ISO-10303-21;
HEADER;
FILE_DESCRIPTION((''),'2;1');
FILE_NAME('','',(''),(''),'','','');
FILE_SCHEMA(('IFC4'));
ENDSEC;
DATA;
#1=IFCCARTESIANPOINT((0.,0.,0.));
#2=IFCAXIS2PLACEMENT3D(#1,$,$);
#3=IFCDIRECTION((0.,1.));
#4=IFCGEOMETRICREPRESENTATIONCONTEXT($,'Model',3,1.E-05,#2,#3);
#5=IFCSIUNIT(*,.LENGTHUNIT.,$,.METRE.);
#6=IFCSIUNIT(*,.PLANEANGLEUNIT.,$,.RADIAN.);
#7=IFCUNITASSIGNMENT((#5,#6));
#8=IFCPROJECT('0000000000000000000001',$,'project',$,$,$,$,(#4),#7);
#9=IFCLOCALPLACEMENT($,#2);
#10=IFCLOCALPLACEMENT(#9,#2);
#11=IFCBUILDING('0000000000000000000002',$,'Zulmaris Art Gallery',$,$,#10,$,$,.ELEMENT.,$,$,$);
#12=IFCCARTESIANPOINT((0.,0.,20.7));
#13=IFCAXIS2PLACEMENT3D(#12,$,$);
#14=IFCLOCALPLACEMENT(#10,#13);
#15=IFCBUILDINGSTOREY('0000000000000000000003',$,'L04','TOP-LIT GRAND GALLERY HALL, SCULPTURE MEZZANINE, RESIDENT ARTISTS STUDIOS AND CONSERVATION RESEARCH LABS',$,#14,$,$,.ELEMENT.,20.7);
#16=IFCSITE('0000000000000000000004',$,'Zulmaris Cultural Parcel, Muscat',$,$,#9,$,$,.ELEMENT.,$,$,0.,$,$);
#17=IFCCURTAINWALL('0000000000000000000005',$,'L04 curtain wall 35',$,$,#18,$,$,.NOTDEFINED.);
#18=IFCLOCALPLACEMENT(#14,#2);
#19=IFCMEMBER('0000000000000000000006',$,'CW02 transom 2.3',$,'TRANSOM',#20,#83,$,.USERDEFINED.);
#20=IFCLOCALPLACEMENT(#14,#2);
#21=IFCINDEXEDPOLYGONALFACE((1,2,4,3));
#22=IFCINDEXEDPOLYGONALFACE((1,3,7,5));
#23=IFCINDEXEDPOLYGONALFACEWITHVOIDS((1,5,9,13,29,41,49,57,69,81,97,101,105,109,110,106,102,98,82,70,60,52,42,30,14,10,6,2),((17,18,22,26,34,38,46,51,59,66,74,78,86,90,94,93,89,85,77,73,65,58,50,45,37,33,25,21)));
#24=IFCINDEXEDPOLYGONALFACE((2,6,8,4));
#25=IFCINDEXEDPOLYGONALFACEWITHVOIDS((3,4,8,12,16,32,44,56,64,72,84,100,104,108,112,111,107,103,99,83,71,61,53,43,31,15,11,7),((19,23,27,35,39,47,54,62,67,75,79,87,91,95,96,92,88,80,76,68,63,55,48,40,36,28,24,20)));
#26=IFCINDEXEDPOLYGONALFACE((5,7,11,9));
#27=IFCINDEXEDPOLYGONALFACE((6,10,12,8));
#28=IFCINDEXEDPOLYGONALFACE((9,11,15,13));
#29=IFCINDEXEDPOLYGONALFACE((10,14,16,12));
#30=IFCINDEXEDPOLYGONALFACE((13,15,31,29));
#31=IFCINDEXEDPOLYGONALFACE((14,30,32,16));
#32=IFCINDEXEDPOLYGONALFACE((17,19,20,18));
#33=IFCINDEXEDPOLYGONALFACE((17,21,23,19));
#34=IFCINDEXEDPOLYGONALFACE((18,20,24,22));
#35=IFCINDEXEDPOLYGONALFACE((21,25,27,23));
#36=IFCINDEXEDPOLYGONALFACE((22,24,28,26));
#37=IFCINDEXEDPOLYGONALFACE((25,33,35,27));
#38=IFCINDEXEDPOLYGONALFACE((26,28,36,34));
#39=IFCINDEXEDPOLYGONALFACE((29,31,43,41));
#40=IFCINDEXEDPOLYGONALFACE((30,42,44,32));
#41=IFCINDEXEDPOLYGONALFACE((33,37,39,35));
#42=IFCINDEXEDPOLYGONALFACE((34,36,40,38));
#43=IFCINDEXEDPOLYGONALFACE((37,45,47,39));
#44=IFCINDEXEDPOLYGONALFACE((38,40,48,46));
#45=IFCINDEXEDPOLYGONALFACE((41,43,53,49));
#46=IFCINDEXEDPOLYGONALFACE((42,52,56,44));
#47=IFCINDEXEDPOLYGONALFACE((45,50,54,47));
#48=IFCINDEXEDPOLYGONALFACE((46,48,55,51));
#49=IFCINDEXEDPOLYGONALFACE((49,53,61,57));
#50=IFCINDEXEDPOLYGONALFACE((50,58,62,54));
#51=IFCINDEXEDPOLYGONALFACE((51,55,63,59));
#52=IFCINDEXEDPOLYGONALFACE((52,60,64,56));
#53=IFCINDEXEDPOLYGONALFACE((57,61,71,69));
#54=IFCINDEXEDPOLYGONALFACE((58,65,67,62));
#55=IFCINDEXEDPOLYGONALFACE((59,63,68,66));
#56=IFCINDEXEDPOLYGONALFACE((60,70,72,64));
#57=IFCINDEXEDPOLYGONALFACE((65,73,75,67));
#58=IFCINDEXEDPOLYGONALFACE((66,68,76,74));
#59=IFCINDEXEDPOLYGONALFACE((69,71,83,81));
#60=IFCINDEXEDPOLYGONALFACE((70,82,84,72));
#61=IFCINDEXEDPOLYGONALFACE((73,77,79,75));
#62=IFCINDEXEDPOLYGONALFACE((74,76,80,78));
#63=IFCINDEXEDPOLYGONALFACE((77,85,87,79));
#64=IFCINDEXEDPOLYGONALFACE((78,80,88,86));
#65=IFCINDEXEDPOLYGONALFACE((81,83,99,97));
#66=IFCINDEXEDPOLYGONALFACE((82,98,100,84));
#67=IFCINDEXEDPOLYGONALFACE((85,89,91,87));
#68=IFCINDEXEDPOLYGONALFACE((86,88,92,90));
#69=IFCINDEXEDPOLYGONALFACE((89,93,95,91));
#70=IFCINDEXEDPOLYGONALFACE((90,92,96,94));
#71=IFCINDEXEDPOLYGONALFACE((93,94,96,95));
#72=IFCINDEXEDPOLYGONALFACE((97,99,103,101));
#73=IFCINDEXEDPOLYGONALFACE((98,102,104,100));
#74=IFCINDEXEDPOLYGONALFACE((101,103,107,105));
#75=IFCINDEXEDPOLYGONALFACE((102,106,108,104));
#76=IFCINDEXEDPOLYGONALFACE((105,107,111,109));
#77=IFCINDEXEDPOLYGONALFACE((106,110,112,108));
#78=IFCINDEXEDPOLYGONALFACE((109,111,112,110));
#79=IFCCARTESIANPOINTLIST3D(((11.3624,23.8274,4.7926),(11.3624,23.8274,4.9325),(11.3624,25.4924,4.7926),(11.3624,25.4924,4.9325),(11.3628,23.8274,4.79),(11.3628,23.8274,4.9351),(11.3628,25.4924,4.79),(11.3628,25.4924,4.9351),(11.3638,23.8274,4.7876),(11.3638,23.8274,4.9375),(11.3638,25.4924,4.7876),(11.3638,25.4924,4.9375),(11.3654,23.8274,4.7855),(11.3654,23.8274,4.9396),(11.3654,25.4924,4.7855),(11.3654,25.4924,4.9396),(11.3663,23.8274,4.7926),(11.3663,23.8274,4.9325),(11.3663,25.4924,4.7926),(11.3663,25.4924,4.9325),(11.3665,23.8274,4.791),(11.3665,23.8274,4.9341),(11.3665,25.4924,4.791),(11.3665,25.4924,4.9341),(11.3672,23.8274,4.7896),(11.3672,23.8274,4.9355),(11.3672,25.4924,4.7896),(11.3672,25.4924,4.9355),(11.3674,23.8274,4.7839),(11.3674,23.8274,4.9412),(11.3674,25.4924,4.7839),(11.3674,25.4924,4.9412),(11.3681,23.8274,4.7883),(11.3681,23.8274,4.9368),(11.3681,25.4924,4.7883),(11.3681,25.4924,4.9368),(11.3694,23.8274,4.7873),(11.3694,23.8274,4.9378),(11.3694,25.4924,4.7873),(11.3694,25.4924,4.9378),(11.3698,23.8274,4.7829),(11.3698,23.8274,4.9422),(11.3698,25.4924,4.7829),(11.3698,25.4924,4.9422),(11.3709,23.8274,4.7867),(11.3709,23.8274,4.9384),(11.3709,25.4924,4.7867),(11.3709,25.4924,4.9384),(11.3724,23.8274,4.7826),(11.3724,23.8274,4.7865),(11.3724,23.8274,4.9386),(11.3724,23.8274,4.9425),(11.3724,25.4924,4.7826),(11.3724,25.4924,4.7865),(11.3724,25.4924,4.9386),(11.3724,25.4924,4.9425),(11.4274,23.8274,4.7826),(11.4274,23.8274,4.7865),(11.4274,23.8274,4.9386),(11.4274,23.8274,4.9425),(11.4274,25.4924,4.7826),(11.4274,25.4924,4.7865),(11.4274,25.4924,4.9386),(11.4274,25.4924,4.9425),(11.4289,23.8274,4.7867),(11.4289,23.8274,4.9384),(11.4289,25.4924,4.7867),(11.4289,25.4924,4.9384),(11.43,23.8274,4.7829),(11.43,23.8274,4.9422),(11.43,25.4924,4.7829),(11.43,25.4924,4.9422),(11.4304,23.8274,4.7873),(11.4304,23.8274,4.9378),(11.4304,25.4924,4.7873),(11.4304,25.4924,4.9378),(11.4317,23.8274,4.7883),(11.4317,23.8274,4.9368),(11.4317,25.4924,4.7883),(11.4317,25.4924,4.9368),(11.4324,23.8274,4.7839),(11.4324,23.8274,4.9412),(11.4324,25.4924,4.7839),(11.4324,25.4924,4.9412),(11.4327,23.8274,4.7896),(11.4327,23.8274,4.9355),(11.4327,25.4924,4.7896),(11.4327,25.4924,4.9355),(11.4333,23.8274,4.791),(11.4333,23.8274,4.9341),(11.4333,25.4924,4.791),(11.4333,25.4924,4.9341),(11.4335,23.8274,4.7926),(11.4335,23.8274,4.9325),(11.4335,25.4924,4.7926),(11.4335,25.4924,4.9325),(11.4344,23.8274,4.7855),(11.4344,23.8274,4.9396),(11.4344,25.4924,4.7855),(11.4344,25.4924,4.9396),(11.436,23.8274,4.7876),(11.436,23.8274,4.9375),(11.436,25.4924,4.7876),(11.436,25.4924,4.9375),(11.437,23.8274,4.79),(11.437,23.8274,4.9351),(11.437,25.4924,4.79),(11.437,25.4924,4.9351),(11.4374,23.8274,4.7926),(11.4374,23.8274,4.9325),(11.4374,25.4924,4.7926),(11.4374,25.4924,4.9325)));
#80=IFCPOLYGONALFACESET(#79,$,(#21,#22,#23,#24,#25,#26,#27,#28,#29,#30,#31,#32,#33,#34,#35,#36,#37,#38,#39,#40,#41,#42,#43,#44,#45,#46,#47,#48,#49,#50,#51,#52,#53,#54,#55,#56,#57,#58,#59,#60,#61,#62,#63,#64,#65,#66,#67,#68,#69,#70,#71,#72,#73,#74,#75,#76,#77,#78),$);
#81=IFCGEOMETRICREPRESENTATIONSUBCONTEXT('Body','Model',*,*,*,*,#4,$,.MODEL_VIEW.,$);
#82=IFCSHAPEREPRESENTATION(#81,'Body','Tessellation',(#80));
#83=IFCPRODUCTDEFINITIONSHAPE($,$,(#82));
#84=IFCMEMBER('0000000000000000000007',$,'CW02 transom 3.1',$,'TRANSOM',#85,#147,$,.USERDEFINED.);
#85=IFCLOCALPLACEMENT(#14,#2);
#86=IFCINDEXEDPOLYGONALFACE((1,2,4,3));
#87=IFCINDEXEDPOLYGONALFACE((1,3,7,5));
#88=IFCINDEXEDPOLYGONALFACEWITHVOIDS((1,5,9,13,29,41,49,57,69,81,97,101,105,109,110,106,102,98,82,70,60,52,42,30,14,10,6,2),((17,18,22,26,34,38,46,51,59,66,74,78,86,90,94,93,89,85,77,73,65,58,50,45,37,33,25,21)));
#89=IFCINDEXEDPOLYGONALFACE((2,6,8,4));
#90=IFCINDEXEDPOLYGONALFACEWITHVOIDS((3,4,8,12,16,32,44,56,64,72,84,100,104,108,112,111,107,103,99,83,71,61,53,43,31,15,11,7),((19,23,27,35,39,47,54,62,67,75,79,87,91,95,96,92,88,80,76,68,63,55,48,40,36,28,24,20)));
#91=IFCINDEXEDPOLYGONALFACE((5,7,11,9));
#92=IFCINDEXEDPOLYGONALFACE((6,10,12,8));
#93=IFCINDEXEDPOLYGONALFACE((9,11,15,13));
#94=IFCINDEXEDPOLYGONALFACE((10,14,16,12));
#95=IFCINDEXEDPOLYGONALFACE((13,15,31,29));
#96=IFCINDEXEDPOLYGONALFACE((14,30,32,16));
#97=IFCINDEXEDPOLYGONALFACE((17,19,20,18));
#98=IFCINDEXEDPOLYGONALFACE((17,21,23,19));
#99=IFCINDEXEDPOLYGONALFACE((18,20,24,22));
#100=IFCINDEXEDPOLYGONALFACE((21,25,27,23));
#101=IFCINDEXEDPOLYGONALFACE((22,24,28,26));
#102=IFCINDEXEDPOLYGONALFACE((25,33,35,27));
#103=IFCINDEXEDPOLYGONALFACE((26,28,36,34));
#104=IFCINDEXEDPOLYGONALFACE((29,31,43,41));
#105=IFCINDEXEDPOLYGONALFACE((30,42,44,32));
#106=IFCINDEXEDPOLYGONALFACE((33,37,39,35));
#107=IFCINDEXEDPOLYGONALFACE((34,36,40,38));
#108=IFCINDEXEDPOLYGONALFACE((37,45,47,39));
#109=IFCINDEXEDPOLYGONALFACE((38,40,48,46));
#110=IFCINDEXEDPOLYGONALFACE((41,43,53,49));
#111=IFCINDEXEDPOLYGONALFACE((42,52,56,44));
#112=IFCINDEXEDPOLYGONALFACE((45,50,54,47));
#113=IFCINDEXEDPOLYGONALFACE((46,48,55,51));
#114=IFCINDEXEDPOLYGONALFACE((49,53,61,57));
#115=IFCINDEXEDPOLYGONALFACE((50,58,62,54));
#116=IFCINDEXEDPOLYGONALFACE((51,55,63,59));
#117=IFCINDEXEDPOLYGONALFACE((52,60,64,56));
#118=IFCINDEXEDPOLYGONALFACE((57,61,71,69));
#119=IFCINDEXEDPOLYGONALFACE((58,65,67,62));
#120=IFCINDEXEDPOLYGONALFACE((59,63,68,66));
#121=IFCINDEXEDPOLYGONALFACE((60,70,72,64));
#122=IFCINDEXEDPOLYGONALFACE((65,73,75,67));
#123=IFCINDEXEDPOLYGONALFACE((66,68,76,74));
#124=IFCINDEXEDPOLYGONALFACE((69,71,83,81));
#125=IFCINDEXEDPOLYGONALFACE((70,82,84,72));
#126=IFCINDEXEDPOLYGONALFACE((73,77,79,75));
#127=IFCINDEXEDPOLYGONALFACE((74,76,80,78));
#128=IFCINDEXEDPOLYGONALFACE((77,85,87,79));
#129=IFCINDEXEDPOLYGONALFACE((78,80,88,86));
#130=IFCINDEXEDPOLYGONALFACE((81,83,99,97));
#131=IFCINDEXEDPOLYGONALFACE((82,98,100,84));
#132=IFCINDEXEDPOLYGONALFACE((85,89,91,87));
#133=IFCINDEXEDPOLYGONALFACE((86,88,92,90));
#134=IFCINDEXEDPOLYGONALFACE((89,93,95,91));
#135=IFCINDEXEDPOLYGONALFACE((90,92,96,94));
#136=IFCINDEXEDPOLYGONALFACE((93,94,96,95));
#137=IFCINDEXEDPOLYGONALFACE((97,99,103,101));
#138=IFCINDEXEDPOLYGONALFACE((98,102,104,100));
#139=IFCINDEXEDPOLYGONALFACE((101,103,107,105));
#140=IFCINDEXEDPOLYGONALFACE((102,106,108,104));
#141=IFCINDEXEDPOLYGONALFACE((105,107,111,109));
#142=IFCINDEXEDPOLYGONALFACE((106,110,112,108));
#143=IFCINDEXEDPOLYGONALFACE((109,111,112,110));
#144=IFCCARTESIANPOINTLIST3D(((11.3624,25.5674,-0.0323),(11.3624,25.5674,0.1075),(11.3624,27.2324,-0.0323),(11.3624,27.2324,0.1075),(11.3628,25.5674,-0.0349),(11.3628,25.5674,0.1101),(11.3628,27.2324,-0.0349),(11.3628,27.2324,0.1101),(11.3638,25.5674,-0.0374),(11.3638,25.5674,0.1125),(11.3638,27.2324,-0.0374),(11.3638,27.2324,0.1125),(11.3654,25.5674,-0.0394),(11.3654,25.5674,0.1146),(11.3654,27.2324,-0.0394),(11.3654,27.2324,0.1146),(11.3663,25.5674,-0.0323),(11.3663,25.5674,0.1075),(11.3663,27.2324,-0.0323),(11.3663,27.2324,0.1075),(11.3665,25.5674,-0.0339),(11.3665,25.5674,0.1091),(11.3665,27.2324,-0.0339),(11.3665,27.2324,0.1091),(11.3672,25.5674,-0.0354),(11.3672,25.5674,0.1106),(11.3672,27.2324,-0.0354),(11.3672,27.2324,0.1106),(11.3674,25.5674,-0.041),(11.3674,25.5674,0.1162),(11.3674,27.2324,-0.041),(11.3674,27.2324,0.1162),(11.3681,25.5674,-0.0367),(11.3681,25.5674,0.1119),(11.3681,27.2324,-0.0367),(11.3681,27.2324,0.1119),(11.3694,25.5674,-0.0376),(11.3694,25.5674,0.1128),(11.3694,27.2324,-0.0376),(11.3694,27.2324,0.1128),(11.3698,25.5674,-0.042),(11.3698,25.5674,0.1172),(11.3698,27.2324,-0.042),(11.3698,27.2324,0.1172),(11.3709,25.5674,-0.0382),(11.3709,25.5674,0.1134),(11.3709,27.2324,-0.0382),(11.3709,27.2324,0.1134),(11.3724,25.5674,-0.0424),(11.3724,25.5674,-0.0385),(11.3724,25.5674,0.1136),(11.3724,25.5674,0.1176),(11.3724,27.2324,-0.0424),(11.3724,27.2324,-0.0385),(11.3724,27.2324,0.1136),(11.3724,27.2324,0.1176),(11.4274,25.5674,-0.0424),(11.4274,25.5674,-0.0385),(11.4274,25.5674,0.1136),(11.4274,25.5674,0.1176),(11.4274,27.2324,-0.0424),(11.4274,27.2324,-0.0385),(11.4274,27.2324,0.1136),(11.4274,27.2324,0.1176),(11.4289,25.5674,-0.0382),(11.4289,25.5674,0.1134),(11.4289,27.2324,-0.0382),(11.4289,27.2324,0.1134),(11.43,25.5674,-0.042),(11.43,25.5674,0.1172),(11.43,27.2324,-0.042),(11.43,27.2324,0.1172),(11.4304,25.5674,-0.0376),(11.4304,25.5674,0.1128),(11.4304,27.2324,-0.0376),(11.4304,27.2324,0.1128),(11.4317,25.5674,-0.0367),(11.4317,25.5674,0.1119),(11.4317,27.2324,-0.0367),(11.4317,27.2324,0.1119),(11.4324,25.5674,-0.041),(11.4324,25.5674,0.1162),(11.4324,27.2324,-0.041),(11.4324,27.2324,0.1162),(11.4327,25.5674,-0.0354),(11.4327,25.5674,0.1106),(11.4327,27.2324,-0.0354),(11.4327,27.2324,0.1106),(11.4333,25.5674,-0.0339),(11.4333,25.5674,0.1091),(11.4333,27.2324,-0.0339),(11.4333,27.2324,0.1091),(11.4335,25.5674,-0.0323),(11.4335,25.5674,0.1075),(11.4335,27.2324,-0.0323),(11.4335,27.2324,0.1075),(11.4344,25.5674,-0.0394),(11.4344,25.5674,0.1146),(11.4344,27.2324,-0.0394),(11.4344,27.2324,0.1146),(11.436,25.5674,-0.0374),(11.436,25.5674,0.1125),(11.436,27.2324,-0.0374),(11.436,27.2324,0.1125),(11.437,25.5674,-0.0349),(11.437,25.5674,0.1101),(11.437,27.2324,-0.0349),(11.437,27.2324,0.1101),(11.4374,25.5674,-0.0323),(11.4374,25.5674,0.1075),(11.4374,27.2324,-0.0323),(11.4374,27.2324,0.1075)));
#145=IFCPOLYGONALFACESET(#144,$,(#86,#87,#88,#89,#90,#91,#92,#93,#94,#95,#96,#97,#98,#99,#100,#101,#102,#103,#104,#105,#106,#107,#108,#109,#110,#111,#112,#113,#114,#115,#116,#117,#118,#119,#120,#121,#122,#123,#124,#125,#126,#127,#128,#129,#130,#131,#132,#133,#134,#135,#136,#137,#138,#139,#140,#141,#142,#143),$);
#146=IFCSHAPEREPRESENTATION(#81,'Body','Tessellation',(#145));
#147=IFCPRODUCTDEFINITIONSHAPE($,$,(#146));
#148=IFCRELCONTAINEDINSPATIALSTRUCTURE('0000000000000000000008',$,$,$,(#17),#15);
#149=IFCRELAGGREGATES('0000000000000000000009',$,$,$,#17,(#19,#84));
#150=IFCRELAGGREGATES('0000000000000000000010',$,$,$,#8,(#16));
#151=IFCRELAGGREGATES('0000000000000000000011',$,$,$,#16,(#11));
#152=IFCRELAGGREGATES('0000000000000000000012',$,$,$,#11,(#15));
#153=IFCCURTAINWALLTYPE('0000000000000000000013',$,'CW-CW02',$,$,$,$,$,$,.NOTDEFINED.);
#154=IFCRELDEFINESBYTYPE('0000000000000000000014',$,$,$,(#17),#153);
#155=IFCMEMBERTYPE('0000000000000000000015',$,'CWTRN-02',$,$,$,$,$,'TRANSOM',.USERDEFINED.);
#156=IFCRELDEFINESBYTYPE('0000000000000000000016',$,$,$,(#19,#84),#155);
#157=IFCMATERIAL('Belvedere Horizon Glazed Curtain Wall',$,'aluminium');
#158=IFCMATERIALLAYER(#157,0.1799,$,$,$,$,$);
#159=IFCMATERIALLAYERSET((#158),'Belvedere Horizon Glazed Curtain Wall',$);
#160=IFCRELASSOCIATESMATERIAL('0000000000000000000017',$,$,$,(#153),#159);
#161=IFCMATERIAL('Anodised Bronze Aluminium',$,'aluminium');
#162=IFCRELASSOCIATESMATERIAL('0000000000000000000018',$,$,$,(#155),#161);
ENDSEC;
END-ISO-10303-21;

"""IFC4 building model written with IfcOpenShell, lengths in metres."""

from ifc_helpers import new_model, si_unit, direction, frame, origin, origin_2d, place, context, subcontext, project, spatial, hollow_rectangle, extrude, material, layer, layer_set, material_profile, profile_set, type_object, element, aggregate, save


model = new_model("IFC4")

# Units and contexts
model_context = context("Model", 3, precision=1e-05, world=origin(), true_north=direction((0.0, 1.0)))
body_context = subcontext(model_context, "Body", "Model", "MODEL_VIEW")
ifc_project = project(units=[si_unit("LENGTHUNIT", "METRE"), si_unit("PLANEANGLEUNIT", "RADIAN")], contexts=[model_context])

# Site, building, storey
site_placement = place(None, origin())
site = spatial("IfcSite", under=ifc_project, at=site_placement, Name="Zulmaris Cultural Parcel, Muscat", CompositionType="ELEMENT", RefElevation=0.0)
building_placement = place(site_placement, origin())
building = spatial("IfcBuilding", under=site, at=building_placement, Name="Zulmaris Art Gallery", CompositionType="ELEMENT")
storey_placement = place(building_placement, frame((0.0, 0.0, 20.7)))
storey = spatial("IfcBuildingStorey", under=building, at=storey_placement, Name="L04", Description="TOP-LIT GRAND GALLERY HALL, SCULPTURE MEZZANINE, RESIDENT ARTISTS STUDIOS AND CONSERVATION RESEARCH LABS", CompositionType="ELEMENT", Elevation=20.7)

# Curtain wall, members
ifc_material_1 = material(Name="Belvedere Horizon Glazed Curtain Wall", Category="aluminium")
ifc_layer_1 = layer(ifc_material_1, 0.1799)
ifc_layer_set_1 = layer_set([ifc_layer_1], Name="Belvedere Horizon Glazed Curtain Wall")
curtain_wall_type = type_object("IfcCurtainWallType", Name="CW-CW02", PredefinedType="NOTDEFINED", material=ifc_layer_set_1)
curtain_wall_placement = place(storey_placement, origin())
curtain_wall = element("IfcCurtainWall", 1, at=curtain_wall_placement, inside=storey, type_object=curtain_wall_type, Name="L04 curtain wall 35", PredefinedType="NOTDEFINED")
ifc_material_2 = material(Name="Anodised Bronze Aluminium", Category="aluminium")
ifc_material_profile_1 = material_profile(ifc_material_2, hollow_rectangle(XDim=0.075, YDim=0.1599, WallThickness=0.0039, InnerFilletRadius=0.0061, OuterFilletRadius=0.01, at=origin_2d()), Name="ALU 75x160x4")
ifc_profile_set_1 = profile_set([ifc_material_profile_1], Name="Anodised Bronze Aluminium")
member_type_1 = type_object("IfcMemberType", Name="CWTRN-02", ElementType="TRANSOM", PredefinedType="USERDEFINED", material=ifc_profile_set_1)
member_1_placement = place(storey_placement, frame((11.3999, 23.8274, 4.8625), z_axis=(0.0, 1.0, 0.0), x_axis=(-1.0, 0.0, 0.0)))
member_1 = element("IfcMember", 2, at=member_1_placement, type_object=member_type_1, Name="CW02 transom 2.3", ObjectType="TRANSOM", PredefinedType="USERDEFINED", context=body_context, shape_type="SweptSolid", body=[
    extrude(hollow_rectangle(XDim=0.075, YDim=0.1599, WallThickness=0.0039, InnerFilletRadius=0.0061, OuterFilletRadius=0.01, at=origin_2d()), origin(), (0.0, 0.0, 1.0), 1.665),
])
member_2_placement = place(storey_placement, frame((11.3999, 25.5674, 0.0376), z_axis=(0.0, 1.0, 0.0), x_axis=(-1.0, 0.0, 0.0)))
member_2 = element("IfcMember", 3, at=member_2_placement, type_object=member_type_1, Name="CW02 transom 3.1", ObjectType="TRANSOM", PredefinedType="USERDEFINED", context=body_context, shape_type="SweptSolid", body=[
    extrude(hollow_rectangle(XDim=0.075, YDim=0.1599, WallThickness=0.0039, InnerFilletRadius=0.0061, OuterFilletRadius=0.01, at=origin_2d()), origin(), (0.0, 0.0, 1.0), 1.665),
])

aggregate(curtain_wall, [member_1, member_2])

save(model, "model.ifc")
